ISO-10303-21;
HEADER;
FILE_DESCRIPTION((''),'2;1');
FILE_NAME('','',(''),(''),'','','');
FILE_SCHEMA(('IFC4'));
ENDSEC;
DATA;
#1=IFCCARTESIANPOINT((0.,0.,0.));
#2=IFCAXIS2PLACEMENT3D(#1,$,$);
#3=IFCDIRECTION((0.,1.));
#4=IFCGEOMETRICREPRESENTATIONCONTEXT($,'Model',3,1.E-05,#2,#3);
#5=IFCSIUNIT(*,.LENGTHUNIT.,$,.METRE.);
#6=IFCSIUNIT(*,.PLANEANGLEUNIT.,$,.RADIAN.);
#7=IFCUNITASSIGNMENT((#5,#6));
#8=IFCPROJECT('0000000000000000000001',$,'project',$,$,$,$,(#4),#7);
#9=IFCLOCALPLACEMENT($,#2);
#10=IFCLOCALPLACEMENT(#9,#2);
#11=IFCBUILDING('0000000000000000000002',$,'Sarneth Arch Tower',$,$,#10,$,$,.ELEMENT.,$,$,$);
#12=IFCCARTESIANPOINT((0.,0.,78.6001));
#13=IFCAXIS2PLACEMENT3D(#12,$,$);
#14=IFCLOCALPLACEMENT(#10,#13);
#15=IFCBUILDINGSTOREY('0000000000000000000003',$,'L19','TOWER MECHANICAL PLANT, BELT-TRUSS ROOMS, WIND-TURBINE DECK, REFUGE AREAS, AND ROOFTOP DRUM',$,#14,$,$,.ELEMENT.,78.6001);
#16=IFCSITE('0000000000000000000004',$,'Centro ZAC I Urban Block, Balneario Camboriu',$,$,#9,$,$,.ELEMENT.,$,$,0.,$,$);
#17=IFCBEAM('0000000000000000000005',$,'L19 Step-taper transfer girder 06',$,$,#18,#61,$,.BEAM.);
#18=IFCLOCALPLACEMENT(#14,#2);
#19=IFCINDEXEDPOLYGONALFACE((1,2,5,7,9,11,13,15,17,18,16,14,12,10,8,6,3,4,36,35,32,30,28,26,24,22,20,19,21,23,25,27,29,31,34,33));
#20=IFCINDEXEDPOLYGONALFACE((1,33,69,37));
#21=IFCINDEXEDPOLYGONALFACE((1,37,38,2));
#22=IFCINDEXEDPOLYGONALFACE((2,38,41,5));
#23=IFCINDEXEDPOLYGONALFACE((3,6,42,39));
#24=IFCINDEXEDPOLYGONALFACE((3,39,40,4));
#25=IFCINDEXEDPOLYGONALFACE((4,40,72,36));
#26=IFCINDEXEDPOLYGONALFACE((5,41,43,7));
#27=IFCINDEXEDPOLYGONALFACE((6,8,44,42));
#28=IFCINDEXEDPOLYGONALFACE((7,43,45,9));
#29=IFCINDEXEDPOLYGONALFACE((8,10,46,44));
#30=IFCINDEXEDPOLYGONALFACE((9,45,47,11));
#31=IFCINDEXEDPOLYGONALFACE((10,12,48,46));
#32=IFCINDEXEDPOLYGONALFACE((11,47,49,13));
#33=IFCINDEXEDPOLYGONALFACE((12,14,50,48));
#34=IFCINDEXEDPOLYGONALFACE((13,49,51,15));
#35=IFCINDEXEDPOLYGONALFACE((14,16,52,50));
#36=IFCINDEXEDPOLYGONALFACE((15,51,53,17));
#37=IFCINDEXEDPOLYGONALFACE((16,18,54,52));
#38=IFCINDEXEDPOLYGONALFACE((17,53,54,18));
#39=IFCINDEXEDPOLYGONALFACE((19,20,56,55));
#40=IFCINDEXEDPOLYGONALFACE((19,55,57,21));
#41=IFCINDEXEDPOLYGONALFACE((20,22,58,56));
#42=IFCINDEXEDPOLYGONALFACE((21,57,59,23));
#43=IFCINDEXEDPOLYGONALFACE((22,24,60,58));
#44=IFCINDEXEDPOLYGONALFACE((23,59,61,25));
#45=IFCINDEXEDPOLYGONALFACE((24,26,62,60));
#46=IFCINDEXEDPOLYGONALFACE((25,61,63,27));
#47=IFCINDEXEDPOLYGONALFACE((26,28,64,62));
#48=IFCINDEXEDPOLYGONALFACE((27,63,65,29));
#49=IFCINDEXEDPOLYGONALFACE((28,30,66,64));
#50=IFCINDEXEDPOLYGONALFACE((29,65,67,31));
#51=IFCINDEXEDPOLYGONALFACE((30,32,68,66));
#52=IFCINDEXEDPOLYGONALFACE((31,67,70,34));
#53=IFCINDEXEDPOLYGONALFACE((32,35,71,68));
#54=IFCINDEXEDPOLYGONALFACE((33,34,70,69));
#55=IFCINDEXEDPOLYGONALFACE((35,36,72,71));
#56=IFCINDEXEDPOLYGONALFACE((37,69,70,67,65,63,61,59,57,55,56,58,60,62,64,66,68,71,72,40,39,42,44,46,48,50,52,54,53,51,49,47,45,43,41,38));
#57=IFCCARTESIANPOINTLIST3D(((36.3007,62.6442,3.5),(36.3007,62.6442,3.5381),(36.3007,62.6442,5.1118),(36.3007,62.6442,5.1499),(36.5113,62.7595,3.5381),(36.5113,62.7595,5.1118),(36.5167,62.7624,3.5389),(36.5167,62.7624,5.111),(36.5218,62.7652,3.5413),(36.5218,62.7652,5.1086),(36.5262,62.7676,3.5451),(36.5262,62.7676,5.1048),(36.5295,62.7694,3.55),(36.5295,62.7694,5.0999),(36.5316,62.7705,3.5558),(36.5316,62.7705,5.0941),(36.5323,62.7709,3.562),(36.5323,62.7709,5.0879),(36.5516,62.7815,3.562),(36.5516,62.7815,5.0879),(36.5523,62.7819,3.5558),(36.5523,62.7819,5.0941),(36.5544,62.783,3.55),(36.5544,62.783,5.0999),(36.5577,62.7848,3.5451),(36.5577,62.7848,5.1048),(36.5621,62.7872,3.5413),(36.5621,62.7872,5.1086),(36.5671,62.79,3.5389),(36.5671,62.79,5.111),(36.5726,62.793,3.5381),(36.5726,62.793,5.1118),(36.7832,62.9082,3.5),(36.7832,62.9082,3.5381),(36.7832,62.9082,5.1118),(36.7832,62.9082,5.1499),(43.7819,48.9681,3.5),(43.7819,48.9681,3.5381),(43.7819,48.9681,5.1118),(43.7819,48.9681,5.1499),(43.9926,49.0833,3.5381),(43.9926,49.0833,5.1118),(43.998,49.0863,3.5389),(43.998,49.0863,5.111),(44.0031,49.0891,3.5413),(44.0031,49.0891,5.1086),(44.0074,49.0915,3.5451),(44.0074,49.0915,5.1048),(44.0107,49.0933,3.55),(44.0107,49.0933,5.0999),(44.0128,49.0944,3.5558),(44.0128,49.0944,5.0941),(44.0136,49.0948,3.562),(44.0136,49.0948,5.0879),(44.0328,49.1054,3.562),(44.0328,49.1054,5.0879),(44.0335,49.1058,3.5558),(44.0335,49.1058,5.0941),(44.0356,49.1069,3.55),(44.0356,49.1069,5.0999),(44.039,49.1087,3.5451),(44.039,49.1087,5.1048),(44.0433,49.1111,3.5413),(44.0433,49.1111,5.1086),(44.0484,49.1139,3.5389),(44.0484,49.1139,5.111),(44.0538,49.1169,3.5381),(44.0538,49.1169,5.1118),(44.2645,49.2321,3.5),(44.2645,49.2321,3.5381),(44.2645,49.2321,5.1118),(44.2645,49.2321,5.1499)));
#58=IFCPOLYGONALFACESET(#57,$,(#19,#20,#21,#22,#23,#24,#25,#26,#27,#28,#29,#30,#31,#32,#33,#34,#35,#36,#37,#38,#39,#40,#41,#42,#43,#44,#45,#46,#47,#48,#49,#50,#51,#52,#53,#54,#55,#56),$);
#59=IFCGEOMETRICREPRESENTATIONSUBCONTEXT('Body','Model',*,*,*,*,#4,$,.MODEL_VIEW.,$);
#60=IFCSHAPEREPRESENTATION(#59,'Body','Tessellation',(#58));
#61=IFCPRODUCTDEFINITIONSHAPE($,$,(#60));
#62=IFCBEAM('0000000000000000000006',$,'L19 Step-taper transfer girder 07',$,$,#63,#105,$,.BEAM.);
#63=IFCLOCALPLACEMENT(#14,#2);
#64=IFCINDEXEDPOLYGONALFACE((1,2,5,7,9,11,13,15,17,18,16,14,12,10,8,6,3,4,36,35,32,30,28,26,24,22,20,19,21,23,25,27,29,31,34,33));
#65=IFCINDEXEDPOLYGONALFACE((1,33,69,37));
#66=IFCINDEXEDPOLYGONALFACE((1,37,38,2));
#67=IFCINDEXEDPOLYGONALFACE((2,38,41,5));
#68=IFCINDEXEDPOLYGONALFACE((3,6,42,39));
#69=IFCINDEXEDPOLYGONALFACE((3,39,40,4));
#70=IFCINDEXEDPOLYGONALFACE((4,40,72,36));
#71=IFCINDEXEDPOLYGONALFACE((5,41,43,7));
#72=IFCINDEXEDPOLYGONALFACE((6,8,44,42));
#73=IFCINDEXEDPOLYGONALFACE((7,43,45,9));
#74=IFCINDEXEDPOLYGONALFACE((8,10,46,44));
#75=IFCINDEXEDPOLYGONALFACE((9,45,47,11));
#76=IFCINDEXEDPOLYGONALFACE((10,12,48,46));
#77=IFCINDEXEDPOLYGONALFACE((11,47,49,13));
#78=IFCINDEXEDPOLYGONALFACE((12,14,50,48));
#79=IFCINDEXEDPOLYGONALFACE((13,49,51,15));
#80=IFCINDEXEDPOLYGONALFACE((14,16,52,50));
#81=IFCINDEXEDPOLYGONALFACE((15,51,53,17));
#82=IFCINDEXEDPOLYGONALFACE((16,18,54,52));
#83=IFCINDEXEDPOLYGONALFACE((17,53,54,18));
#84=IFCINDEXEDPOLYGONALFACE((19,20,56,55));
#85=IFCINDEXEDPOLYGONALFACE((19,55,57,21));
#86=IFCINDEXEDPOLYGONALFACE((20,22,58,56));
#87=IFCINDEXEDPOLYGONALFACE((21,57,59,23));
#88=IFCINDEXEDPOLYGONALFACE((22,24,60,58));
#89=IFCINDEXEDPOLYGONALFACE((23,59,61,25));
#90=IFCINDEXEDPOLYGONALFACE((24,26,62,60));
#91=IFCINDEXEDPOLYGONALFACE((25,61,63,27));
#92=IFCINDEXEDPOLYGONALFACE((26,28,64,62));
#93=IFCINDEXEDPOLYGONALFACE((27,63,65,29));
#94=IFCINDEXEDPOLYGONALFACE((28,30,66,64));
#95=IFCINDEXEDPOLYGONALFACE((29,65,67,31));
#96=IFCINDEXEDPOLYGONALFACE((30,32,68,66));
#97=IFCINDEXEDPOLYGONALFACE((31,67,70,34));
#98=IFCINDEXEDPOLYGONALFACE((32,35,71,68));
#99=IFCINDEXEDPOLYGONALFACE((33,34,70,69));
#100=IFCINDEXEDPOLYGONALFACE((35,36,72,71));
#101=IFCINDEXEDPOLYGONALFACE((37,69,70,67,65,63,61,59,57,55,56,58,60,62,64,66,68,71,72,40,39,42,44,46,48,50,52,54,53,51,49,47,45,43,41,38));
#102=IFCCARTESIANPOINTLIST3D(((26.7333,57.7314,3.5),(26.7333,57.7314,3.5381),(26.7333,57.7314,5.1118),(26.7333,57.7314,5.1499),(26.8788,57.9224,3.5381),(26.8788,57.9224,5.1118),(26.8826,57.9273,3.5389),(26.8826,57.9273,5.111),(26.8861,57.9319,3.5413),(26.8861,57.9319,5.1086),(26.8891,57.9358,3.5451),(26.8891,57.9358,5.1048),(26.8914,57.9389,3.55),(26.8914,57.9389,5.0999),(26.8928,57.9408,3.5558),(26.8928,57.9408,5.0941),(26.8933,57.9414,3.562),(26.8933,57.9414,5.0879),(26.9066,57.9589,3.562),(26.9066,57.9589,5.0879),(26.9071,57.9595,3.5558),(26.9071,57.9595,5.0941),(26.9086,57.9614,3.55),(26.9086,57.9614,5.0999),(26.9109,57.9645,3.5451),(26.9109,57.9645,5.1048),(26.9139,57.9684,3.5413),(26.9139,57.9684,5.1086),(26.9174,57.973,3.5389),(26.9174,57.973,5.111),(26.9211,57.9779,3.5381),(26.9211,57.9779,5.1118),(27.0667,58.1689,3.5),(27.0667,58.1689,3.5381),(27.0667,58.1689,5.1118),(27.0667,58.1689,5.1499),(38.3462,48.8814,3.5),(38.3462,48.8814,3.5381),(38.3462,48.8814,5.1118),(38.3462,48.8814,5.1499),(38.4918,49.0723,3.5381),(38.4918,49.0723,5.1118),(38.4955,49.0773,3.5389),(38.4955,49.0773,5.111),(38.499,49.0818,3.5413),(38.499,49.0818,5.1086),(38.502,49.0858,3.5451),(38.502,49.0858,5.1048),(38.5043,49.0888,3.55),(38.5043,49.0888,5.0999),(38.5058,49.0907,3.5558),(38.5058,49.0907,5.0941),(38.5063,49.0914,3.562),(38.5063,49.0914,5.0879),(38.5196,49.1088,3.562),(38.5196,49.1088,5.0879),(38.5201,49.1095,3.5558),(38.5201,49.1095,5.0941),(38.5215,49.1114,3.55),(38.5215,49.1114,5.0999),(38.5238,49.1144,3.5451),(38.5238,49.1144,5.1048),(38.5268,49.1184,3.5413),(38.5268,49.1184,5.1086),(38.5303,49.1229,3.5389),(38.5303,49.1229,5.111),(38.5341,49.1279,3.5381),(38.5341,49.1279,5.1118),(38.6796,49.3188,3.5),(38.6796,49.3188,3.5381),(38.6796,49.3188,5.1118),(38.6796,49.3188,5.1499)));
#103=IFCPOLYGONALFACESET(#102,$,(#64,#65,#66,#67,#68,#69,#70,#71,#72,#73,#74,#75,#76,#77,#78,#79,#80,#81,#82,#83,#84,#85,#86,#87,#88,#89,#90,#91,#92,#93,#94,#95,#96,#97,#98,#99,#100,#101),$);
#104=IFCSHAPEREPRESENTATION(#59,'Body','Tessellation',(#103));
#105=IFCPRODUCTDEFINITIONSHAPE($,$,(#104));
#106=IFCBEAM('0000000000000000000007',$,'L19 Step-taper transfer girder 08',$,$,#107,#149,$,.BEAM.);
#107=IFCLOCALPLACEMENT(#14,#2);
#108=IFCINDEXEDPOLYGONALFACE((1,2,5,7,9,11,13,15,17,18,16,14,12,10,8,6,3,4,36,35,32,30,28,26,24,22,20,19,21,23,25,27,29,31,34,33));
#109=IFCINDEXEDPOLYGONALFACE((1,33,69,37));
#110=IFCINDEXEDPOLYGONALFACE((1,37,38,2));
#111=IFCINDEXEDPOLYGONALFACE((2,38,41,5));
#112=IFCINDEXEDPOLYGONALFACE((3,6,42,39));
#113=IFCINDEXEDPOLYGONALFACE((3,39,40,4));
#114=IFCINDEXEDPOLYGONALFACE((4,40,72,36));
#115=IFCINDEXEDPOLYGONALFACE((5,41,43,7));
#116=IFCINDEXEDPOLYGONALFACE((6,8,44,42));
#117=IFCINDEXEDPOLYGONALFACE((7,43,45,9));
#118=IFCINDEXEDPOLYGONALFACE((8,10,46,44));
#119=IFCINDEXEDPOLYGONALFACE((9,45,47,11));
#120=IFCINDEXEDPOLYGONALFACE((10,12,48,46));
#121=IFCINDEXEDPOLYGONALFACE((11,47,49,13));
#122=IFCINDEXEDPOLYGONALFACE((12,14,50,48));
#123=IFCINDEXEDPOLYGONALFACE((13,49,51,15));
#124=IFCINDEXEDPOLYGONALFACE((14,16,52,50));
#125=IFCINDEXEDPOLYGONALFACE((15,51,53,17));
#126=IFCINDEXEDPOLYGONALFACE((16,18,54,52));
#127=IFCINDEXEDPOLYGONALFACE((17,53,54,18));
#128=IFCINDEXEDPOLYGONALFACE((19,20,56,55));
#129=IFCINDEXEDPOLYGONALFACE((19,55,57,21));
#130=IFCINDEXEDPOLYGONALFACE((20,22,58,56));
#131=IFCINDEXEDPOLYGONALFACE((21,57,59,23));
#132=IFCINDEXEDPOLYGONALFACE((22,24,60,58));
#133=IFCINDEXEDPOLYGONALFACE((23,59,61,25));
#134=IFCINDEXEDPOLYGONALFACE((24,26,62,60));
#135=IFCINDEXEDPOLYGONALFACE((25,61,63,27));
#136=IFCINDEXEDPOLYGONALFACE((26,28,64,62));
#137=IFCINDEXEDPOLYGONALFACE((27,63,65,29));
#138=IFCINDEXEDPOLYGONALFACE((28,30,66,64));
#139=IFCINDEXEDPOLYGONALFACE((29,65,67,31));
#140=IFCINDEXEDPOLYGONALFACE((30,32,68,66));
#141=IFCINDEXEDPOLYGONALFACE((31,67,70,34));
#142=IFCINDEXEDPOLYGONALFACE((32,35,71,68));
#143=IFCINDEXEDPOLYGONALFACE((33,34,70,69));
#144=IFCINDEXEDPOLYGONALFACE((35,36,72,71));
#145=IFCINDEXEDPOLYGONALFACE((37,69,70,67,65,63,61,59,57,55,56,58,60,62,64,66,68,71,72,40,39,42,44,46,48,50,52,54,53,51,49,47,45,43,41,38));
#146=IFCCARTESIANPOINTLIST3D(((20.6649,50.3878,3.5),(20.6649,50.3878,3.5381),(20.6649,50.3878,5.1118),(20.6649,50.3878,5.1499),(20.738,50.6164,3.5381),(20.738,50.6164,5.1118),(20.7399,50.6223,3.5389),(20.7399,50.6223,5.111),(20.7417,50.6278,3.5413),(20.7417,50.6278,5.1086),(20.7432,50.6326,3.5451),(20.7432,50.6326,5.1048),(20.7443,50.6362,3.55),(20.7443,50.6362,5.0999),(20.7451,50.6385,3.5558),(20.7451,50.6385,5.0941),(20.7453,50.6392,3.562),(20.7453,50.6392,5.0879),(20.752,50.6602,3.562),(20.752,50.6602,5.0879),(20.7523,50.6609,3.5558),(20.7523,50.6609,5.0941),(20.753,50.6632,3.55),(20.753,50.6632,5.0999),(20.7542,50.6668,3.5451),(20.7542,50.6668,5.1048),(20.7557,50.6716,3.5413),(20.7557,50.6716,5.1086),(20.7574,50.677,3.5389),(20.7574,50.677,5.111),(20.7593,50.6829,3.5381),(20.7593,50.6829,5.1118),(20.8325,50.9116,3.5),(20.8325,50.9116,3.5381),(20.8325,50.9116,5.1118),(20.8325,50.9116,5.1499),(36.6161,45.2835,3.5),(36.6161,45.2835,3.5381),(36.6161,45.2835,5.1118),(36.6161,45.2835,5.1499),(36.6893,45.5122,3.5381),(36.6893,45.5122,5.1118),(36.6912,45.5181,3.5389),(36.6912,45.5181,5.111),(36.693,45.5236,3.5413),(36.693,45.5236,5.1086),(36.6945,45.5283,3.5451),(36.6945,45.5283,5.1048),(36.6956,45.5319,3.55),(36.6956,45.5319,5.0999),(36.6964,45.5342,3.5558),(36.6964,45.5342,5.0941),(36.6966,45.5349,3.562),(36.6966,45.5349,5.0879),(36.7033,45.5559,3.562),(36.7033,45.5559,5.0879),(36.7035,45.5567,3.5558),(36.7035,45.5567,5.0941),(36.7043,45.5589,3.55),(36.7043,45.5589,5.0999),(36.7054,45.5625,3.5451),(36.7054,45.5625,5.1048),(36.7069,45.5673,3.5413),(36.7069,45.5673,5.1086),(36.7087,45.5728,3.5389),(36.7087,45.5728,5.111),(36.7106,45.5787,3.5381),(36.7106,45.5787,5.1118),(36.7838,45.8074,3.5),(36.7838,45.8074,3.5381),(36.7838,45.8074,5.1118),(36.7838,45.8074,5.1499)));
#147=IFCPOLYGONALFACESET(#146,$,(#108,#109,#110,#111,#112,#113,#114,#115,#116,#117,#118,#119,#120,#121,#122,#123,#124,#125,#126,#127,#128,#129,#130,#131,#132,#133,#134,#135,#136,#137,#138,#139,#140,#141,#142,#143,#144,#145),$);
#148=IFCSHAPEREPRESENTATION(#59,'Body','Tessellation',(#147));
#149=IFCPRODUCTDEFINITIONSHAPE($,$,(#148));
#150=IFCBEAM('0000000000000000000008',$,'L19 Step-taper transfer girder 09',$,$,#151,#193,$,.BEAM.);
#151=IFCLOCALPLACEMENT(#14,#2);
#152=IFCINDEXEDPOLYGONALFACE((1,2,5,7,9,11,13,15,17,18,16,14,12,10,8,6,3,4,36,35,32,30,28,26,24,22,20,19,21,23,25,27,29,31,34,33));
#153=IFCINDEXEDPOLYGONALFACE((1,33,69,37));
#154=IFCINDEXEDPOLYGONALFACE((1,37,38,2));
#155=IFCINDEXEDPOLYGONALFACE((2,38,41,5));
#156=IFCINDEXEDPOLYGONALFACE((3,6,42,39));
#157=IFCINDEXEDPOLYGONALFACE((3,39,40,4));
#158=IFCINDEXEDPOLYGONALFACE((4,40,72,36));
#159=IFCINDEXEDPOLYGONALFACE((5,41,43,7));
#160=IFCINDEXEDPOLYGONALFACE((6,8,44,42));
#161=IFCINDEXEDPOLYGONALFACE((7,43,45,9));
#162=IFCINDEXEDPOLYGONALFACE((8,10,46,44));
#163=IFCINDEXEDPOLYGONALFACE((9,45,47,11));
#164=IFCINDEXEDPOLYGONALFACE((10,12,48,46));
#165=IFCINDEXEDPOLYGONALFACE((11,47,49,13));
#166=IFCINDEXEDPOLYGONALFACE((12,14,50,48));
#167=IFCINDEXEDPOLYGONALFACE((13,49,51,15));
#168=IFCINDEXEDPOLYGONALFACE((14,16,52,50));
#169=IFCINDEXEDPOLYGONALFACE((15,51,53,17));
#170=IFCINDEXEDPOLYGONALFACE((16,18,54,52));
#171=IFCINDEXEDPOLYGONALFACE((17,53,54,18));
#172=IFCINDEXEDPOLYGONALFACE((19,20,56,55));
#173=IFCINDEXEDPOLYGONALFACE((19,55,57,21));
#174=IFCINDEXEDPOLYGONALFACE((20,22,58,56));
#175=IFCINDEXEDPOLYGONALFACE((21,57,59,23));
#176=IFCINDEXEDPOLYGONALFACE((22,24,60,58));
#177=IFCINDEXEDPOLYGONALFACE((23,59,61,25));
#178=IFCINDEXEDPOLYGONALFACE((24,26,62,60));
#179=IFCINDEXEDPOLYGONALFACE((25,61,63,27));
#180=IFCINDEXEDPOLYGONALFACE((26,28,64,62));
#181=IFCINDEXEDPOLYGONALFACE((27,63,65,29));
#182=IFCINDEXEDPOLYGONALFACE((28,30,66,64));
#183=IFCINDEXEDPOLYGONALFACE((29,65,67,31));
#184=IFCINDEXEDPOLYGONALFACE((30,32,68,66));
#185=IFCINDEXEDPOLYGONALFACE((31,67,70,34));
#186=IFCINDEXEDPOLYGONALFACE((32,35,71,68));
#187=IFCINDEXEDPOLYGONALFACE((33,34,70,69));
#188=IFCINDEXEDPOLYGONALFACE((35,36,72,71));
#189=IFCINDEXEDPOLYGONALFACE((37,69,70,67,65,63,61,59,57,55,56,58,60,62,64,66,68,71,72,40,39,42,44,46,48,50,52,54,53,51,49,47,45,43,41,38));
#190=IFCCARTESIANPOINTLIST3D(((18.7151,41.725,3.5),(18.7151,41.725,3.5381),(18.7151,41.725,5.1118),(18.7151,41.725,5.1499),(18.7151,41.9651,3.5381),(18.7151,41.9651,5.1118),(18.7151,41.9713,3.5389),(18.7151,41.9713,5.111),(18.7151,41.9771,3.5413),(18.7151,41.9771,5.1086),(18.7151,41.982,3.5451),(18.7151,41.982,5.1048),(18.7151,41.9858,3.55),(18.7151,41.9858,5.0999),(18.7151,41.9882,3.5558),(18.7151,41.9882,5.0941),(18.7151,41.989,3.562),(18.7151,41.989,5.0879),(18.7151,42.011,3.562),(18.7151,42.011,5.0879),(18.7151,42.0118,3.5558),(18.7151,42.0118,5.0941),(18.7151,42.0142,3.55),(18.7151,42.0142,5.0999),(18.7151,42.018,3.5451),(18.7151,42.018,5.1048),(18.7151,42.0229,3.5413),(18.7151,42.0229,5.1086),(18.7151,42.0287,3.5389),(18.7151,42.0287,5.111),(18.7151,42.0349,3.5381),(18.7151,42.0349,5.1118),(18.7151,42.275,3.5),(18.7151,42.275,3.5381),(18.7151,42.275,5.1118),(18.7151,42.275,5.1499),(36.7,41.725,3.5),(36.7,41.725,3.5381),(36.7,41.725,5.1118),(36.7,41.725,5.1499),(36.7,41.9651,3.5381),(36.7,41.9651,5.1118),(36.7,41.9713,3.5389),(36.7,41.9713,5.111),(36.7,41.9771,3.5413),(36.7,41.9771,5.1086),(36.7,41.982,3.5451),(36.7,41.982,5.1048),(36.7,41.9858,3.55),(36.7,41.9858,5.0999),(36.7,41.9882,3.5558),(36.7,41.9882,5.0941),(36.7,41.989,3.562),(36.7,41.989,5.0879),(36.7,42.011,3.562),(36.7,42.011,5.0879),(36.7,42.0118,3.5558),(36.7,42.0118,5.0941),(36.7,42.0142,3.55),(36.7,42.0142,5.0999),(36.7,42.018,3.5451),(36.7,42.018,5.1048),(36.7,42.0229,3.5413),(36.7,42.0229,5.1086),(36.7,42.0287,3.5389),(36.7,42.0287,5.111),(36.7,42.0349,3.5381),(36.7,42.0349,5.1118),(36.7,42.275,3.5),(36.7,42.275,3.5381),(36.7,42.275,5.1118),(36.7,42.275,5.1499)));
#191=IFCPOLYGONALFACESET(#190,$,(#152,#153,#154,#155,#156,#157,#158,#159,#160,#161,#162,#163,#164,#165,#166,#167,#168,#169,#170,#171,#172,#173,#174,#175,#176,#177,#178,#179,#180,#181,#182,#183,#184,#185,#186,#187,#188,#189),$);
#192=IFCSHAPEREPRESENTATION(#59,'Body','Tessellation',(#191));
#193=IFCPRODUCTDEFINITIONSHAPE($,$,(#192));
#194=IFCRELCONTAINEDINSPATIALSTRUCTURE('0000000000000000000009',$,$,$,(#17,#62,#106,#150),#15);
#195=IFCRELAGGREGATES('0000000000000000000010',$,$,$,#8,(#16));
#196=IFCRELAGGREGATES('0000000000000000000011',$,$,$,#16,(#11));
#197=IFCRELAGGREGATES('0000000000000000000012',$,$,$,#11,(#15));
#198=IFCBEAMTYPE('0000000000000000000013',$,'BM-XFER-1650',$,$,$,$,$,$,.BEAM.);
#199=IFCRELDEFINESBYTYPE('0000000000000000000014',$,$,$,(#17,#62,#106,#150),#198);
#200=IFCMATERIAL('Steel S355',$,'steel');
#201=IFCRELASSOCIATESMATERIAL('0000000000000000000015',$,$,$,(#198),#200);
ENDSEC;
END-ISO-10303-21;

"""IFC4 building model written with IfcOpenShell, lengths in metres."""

from ifc_helpers import new_model, si_unit, direction, frame, origin, origin_2d, place, context, subcontext, project, spatial, i_section, extrude, material, material_profile, profile_set, type_object, element, save


model = new_model("IFC4")

# Units and contexts
model_context = context("Model", 3, precision=1e-05, world=origin(), true_north=direction((0.0, 1.0)))
body_context = subcontext(model_context, "Body", "Model", "MODEL_VIEW")
ifc_project = project(units=[si_unit("LENGTHUNIT", "METRE"), si_unit("PLANEANGLEUNIT", "RADIAN")], contexts=[model_context])

# Site, building, storey
site_placement = place(None, origin())
site = spatial("IfcSite", under=ifc_project, at=site_placement, Name="Centro ZAC I Urban Block, Balneario Camboriu", CompositionType="ELEMENT", RefElevation=0.0)
building_placement = place(site_placement, origin())
building = spatial("IfcBuilding", under=site, at=building_placement, Name="Sarneth Arch Tower", CompositionType="ELEMENT")
storey_placement = place(building_placement, frame((0.0, 0.0, 78.6001)))
storey = spatial("IfcBuildingStorey", under=building, at=storey_placement, Name="L19", Description="TOWER MECHANICAL PLANT, BELT-TRUSS ROOMS, WIND-TURBINE DECK, REFUGE AREAS, AND ROOFTOP DRUM", CompositionType="ELEMENT", Elevation=78.6001)

# Beams
ifc_material_1 = material(Name="Steel S355", Category="steel")
ifc_material_profile_1 = material_profile(ifc_material_1, i_section(OverallWidth=0.55, OverallDepth=1.6499, WebThickness=0.022, FlangeThickness=0.0381, FilletRadius=0.0239, at=origin_2d()), Name="CVS1650x680")
ifc_profile_set_1 = profile_set([ifc_material_profile_1], Name="Steel S355")
beam_type_1 = type_object("IfcBeamType", Name="BM-XFER-1650", PredefinedType="BEAM", material=ifc_profile_set_1)
beam_1_placement = place(storey_placement, frame((44.0232, 49.1001, 4.325), z_axis=(-0.479917, 0.877314, 0.0), x_axis=(-0.877314, -0.479917, 0.0)))
element("IfcBeam", 1, at=beam_1_placement, inside=storey, type_object=beam_type_1, Name="L19 Step-taper transfer girder 06", PredefinedType="BEAM", context=body_context, shape_type="SweptSolid", body=[
    extrude(i_section(OverallWidth=0.55, OverallDepth=1.6499, WebThickness=0.022, FlangeThickness=0.0381, FilletRadius=0.0239, at=origin_2d()), origin(), (0.0, 0.0, 1.0), 15.5886),
])
beam_2_placement = place(storey_placement, frame((38.5129, 49.1001, 4.325), z_axis=(-0.795363, 0.606133, 0.0), x_axis=(-0.606133, -0.795363, 0.0)))
element("IfcBeam", 2, at=beam_2_placement, inside=storey, type_object=beam_type_1, Name="L19 Step-taper transfer girder 07", PredefinedType="BEAM", context=body_context, shape_type="SweptSolid", body=[
    extrude(i_section(OverallWidth=0.55, OverallDepth=1.6499, WebThickness=0.022, FlangeThickness=0.0381, FilletRadius=0.0239, at=origin_2d()), origin(), (0.0, 0.0, 1.0), 14.6008),
])
beam_3_placement = place(storey_placement, frame((36.7, 45.5454, 4.325), z_axis=(-0.952426, 0.304769, 0.0), x_axis=(-0.304769, -0.952426, 0.0)))
element("IfcBeam", 3, at=beam_3_placement, inside=storey, type_object=beam_type_1, Name="L19 Step-taper transfer girder 08", PredefinedType="BEAM", context=body_context, shape_type="SweptSolid", body=[
    extrude(i_section(OverallWidth=0.55, OverallDepth=1.6499, WebThickness=0.022, FlangeThickness=0.0381, FilletRadius=0.0239, at=origin_2d()), origin(), (0.0, 0.0, 1.0), 16.748),
])
beam_4_placement = place(storey_placement, frame((36.7, 42.0, 4.325), z_axis=(-1.0, 0.0, 0.0), x_axis=(0.0, -1.0, 0.0)))
element("IfcBeam", 4, at=beam_4_placement, inside=storey, type_object=beam_type_1, Name="L19 Step-taper transfer girder 09", PredefinedType="BEAM", context=body_context, shape_type="SweptSolid", body=[
    extrude(i_section(OverallWidth=0.55, OverallDepth=1.6499, WebThickness=0.022, FlangeThickness=0.0381, FilletRadius=0.0239, at=origin_2d()), origin(), (0.0, 0.0, 1.0), 17.9849),
])

save(model, "model.ifc")
